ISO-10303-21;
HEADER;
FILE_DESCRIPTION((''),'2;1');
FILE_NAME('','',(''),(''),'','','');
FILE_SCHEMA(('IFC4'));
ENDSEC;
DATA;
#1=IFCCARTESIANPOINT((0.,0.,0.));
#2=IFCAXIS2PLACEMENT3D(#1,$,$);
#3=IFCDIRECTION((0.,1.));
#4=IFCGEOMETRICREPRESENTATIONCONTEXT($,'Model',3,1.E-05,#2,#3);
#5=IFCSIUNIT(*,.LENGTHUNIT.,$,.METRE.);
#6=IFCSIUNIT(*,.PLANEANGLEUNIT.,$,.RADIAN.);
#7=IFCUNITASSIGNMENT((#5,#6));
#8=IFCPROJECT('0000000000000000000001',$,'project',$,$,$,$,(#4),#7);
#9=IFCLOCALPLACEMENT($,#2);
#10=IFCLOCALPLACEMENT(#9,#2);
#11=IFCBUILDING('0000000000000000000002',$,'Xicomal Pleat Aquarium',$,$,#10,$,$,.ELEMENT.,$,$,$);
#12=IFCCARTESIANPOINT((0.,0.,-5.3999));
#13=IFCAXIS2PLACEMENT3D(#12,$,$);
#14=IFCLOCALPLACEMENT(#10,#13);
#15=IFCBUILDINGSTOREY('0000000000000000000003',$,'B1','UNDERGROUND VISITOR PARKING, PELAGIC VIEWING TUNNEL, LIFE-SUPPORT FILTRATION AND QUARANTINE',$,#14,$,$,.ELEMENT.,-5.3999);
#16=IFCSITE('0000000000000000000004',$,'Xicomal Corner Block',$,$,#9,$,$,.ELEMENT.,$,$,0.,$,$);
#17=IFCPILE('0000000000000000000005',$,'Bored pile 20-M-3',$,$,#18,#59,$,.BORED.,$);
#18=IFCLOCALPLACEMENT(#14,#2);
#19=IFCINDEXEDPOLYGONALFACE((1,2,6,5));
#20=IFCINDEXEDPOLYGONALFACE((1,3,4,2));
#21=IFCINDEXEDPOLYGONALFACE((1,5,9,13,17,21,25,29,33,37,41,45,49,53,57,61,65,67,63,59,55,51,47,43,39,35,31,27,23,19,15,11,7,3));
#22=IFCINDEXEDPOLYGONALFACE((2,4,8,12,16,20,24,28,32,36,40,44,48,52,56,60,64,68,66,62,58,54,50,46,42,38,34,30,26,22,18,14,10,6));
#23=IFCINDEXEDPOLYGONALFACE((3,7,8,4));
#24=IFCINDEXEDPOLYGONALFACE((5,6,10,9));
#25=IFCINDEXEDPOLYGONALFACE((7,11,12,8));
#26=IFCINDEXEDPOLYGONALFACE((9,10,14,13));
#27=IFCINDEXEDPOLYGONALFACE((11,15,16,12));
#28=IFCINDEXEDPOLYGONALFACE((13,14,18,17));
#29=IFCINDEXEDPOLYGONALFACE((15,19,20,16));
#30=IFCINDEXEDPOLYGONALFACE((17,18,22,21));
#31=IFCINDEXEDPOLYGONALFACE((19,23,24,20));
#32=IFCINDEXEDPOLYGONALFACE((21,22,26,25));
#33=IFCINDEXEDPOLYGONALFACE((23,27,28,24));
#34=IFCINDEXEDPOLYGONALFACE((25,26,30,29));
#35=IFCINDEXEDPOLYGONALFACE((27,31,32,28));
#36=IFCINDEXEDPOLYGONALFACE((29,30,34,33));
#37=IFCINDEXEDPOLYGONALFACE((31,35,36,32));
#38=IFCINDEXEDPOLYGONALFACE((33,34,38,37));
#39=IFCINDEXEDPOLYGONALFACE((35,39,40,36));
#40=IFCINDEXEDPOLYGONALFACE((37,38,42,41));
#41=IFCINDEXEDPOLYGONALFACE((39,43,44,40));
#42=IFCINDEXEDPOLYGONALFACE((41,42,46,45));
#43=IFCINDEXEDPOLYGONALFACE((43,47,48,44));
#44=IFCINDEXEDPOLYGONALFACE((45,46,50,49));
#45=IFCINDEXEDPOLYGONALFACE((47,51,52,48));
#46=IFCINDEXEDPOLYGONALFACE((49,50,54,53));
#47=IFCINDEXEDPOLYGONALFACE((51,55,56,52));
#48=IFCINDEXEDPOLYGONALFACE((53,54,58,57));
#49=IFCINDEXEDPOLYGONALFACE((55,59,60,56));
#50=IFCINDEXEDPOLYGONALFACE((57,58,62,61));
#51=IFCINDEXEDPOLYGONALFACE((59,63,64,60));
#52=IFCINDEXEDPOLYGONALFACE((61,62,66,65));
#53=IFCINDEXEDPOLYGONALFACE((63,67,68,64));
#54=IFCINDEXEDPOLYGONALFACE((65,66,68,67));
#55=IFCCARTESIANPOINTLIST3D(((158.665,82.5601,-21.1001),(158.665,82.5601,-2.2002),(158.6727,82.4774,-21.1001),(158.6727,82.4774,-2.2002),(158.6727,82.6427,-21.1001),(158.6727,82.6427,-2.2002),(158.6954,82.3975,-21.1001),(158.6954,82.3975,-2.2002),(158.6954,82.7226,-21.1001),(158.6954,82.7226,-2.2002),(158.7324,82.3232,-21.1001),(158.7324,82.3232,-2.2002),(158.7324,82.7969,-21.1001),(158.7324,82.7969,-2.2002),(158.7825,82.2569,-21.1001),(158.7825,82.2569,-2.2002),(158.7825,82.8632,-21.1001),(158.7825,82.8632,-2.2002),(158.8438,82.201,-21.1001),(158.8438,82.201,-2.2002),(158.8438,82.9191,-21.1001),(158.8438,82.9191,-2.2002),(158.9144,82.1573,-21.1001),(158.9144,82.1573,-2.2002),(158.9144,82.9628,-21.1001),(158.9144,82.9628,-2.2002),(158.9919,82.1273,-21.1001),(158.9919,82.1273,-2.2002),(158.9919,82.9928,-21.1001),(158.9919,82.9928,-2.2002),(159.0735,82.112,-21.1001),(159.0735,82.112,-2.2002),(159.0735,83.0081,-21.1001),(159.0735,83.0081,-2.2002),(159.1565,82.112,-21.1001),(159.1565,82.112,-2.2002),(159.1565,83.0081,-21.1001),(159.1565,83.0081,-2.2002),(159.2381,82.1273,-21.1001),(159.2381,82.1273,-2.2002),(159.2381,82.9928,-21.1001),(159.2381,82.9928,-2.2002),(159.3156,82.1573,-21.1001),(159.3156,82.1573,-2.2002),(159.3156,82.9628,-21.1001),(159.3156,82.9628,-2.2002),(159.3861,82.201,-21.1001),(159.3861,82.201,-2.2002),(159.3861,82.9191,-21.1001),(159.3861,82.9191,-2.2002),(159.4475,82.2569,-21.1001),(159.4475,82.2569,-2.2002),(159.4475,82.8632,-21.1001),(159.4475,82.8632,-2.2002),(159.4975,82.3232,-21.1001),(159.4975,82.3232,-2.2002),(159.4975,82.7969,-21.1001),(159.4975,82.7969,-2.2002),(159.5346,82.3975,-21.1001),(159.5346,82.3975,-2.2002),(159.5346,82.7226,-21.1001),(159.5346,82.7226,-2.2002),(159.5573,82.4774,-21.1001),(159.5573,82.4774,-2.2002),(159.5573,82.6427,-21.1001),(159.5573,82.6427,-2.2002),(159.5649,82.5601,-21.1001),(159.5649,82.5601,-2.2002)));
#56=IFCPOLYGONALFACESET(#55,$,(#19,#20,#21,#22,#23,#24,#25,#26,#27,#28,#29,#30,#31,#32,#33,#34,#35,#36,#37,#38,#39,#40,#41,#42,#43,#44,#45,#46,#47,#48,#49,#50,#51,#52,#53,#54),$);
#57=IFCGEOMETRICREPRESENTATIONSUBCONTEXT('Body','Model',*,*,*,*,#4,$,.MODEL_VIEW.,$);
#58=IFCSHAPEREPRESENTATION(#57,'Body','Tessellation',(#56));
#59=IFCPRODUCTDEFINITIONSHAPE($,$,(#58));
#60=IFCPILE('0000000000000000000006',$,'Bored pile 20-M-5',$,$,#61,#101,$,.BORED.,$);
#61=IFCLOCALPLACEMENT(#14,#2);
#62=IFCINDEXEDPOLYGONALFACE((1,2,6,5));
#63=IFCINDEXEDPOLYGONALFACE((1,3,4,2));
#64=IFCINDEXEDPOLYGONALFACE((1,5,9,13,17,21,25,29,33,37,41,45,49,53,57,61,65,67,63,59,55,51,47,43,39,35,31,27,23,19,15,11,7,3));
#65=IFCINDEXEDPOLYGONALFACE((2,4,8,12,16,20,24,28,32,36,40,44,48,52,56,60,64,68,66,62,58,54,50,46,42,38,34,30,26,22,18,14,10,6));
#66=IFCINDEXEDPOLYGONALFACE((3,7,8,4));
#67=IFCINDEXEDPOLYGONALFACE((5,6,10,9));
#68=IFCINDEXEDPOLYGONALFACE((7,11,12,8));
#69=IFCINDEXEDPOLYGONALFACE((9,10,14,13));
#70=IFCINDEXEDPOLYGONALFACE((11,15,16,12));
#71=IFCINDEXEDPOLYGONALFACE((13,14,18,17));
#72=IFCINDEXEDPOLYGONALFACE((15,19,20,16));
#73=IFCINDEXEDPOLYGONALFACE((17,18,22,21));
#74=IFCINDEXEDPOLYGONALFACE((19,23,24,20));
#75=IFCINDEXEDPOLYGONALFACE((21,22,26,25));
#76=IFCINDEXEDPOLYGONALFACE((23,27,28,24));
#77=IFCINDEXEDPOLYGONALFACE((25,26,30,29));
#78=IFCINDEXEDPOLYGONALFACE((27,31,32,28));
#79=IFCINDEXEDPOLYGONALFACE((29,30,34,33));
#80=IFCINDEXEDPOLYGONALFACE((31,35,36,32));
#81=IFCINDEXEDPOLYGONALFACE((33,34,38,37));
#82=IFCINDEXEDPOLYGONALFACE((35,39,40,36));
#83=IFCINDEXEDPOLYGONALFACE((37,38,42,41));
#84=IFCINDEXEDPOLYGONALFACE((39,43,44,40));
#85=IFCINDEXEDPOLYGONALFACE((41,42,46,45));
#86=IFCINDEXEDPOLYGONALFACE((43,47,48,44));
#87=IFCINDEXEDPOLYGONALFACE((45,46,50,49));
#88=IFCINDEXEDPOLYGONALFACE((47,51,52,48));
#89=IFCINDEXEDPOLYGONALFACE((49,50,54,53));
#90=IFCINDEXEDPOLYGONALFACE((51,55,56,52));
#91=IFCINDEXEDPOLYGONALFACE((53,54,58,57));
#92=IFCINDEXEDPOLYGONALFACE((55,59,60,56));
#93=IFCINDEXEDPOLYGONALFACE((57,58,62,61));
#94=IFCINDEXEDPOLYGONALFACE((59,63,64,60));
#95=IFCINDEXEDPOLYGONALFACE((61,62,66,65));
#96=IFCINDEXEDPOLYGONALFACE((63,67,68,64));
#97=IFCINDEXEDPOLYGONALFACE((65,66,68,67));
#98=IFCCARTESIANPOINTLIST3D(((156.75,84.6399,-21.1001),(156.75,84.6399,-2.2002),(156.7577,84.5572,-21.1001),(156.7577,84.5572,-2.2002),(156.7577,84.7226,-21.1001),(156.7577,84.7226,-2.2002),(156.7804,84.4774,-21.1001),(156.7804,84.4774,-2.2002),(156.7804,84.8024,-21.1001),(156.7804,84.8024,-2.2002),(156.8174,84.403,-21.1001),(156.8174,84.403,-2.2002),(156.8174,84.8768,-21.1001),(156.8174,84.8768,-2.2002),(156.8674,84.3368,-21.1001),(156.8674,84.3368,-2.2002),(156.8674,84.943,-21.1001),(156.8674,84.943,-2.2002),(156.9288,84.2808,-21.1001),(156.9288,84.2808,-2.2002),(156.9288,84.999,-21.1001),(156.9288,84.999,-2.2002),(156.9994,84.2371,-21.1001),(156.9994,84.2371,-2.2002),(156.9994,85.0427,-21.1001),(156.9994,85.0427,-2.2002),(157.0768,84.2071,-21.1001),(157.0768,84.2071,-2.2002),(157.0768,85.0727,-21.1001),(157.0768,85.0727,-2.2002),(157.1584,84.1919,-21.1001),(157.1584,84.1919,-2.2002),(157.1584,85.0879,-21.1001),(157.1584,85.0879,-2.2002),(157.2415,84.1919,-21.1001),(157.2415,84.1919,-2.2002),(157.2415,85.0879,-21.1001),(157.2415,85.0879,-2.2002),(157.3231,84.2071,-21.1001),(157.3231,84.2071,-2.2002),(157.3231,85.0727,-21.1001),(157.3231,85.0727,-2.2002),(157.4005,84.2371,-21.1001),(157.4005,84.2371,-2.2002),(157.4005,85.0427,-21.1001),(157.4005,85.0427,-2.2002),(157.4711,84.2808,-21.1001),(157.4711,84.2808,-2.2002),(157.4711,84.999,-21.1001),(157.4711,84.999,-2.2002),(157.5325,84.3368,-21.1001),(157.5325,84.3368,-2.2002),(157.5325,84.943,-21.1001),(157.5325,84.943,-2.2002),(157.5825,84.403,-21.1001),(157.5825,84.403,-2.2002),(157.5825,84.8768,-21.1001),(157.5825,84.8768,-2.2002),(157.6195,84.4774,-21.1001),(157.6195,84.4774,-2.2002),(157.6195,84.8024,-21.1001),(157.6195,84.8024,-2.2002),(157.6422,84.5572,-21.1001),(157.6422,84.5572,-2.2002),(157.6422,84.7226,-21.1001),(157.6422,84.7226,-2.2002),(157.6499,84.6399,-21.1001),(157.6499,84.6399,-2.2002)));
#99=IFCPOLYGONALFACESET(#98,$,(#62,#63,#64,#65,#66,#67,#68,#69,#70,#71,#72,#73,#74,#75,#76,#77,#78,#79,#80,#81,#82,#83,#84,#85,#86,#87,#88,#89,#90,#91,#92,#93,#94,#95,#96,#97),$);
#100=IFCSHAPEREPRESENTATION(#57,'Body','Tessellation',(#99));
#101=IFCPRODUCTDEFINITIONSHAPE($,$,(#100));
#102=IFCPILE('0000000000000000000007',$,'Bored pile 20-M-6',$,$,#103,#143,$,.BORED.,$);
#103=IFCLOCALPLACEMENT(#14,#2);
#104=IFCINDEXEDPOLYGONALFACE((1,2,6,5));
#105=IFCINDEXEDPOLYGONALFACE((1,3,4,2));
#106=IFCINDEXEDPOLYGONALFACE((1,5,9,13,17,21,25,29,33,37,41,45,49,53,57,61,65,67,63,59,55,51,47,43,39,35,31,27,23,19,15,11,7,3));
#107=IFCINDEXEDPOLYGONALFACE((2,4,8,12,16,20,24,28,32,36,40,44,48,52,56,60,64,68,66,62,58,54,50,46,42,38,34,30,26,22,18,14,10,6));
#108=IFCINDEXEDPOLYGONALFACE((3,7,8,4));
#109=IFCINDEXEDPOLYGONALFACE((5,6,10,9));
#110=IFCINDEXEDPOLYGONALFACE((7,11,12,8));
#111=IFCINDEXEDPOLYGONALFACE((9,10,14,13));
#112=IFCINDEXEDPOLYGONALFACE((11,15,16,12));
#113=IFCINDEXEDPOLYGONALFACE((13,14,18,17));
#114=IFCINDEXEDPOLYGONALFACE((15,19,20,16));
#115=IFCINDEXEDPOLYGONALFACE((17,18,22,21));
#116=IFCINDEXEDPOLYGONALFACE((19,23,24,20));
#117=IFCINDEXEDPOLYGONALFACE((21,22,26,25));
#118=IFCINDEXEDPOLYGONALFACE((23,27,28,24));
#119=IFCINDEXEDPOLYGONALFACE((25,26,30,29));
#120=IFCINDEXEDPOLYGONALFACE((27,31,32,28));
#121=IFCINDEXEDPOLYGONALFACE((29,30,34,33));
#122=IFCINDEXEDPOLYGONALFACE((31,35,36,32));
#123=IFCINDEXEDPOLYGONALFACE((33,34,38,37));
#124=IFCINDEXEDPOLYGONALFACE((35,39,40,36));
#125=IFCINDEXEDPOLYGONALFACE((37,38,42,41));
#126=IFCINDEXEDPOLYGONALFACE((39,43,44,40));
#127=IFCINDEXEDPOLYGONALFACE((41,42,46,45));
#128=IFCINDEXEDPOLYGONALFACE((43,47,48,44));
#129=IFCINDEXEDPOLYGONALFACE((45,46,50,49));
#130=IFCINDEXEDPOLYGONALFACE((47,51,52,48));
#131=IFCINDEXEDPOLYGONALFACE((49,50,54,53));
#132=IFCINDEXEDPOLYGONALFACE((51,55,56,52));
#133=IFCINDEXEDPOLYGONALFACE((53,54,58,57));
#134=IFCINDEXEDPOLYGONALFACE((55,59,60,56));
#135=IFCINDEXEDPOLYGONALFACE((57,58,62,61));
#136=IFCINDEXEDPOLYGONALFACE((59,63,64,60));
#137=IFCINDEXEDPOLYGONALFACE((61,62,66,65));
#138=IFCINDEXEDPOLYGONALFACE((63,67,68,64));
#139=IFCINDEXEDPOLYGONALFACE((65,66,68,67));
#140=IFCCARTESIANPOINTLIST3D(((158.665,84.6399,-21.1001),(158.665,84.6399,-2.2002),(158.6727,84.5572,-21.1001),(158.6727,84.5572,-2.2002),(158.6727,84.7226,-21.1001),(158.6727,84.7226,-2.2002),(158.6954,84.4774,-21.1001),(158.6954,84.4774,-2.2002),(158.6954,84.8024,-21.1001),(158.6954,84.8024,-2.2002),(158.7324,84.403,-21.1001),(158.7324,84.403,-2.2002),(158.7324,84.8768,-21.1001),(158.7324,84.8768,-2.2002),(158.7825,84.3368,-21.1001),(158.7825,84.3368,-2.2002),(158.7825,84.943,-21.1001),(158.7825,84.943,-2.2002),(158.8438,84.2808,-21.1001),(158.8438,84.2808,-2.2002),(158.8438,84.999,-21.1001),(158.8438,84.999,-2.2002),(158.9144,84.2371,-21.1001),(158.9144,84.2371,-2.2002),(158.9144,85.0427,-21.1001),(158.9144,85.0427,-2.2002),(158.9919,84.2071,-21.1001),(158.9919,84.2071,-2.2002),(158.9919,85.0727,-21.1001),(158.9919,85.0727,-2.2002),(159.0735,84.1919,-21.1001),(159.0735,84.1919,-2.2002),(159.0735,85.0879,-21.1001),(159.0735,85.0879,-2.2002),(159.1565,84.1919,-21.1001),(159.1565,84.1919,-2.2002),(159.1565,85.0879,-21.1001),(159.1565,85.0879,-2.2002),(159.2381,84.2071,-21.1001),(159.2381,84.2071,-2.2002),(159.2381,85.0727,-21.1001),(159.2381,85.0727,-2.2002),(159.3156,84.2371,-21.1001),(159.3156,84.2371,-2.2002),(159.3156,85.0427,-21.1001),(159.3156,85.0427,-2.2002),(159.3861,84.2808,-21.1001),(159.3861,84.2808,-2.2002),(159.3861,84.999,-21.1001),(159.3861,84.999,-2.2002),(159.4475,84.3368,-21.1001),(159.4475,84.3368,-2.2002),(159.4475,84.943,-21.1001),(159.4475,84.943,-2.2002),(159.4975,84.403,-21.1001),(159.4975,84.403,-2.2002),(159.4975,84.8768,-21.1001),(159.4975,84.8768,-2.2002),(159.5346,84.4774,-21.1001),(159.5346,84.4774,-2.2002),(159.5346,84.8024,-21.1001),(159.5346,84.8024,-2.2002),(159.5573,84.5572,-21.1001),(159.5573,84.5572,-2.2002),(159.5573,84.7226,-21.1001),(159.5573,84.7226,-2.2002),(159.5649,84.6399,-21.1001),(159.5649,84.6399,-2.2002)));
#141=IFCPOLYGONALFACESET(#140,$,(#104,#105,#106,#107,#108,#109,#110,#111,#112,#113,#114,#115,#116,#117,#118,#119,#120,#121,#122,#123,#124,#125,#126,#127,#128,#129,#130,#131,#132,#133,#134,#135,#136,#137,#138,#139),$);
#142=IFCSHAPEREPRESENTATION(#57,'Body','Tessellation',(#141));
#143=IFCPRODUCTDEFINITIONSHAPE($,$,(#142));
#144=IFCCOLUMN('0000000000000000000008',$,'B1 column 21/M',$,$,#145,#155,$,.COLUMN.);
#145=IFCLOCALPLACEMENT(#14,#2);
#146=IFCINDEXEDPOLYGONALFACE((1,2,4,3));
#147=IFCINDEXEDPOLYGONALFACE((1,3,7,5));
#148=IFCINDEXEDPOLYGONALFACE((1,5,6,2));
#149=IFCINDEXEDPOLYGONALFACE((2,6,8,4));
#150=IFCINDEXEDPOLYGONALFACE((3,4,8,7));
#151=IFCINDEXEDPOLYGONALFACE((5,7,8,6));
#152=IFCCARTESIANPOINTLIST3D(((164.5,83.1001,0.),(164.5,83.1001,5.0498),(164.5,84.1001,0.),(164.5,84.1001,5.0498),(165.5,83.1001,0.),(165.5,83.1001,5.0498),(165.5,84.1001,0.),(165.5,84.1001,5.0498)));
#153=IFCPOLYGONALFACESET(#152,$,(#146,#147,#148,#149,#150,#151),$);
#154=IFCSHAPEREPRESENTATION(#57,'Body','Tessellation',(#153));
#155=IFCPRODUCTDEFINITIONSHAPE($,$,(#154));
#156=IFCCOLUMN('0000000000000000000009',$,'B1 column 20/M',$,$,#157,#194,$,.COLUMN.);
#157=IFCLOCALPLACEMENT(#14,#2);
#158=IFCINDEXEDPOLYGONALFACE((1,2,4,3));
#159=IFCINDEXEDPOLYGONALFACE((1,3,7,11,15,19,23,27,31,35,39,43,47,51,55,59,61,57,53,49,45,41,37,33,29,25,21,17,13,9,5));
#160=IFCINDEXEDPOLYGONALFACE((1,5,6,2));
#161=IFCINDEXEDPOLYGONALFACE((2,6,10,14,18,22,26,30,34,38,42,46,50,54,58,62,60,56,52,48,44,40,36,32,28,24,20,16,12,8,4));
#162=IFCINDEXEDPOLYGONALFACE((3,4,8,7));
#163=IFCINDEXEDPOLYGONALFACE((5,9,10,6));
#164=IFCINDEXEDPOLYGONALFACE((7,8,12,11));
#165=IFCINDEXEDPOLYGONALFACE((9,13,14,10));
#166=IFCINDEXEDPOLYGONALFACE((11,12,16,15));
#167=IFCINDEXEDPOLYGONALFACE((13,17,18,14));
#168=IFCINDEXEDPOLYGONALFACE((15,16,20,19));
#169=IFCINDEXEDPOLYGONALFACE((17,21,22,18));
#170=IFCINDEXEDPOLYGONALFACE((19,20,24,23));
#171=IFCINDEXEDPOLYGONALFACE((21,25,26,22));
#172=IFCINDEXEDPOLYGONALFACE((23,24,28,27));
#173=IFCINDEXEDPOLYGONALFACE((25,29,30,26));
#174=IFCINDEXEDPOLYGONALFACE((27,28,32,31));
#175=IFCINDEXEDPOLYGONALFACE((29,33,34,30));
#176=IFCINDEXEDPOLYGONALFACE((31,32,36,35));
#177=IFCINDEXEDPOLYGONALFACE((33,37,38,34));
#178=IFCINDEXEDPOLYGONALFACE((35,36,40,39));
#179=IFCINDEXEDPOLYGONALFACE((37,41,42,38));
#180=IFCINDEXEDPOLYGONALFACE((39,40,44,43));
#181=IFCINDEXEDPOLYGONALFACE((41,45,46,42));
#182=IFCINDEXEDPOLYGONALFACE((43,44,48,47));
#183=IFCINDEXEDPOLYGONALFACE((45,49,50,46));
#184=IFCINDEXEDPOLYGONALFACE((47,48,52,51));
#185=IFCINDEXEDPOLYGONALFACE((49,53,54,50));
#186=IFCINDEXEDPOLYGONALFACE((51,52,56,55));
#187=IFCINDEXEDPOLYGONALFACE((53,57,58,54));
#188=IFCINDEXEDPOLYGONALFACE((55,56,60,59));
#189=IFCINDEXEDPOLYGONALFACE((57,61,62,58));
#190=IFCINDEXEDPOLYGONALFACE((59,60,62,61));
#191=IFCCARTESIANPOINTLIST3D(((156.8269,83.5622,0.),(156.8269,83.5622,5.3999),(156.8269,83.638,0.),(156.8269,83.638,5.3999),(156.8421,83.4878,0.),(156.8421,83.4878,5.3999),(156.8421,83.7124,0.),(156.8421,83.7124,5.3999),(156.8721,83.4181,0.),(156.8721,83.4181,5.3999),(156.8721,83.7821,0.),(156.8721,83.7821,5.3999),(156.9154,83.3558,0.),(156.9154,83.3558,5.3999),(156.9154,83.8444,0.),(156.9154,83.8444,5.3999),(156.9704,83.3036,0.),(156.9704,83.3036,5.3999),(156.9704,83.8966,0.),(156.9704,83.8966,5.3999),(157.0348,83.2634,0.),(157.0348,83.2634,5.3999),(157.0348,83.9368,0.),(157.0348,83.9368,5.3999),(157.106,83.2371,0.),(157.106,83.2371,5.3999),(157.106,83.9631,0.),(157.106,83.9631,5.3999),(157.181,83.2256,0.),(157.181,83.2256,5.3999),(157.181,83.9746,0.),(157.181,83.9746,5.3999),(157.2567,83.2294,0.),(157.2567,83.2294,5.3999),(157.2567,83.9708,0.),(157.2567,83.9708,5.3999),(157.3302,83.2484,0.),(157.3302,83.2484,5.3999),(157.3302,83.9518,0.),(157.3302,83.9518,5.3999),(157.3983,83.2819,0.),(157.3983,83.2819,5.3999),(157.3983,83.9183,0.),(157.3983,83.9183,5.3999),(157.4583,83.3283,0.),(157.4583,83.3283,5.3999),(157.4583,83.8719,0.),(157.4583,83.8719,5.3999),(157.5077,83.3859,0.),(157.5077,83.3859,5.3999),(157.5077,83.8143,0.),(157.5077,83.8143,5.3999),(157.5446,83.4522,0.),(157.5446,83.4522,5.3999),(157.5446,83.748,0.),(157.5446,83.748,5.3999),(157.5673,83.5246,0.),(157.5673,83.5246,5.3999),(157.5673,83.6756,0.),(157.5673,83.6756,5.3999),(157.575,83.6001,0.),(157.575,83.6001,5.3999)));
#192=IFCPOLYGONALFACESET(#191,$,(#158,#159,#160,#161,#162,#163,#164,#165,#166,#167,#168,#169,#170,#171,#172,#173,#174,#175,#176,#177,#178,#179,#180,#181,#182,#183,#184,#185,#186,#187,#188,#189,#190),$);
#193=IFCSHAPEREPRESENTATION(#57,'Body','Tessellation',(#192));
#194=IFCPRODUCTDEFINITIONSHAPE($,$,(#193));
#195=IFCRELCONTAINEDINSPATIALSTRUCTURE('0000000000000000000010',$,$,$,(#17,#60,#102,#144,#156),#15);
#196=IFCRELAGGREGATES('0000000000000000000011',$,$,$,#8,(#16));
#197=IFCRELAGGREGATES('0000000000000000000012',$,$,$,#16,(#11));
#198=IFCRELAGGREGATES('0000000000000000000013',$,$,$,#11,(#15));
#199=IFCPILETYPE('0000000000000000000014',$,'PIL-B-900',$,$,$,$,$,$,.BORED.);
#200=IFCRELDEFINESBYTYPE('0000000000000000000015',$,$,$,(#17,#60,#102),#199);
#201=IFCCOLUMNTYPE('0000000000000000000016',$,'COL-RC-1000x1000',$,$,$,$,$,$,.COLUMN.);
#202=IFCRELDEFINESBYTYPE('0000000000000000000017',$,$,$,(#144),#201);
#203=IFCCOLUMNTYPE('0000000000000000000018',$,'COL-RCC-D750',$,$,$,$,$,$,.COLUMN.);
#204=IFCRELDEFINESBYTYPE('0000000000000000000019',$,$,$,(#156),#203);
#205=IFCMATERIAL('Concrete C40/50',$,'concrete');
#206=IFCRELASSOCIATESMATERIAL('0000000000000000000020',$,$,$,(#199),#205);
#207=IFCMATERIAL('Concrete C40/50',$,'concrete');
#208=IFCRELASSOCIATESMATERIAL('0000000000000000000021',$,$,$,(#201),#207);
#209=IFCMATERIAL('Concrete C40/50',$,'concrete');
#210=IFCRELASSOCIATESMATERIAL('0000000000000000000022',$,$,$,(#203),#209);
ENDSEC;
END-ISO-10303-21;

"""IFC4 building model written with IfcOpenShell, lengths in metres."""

from ifc_helpers import new_model, si_unit, direction, frame, origin, origin_2d, place, context, subcontext, project, spatial, rectangle, circle, extrude, material, material_profile, profile_set, type_object, element, save


model = new_model("IFC4")

# Units and contexts
model_context = context("Model", 3, precision=1e-05, world=origin(), true_north=direction((0.0, 1.0)))
body_context = subcontext(model_context, "Body", "Model", "MODEL_VIEW")
ifc_project = project(units=[si_unit("LENGTHUNIT", "METRE"), si_unit("PLANEANGLEUNIT", "RADIAN")], contexts=[model_context])

# Site, building, storey
site_placement = place(None, origin())
site = spatial("IfcSite", under=ifc_project, at=site_placement, Name="Xicomal Corner Block", CompositionType="ELEMENT", RefElevation=0.0)
building_placement = place(site_placement, origin())
building = spatial("IfcBuilding", under=site, at=building_placement, Name="Xicomal Pleat Aquarium", CompositionType="ELEMENT")
storey_placement = place(building_placement, frame((0.0, 0.0, -5.3999)))
storey = spatial("IfcBuildingStorey", under=building, at=storey_placement, Name="B1", Description="UNDERGROUND VISITOR PARKING, PELAGIC VIEWING TUNNEL, LIFE-SUPPORT FILTRATION AND QUARANTINE", CompositionType="ELEMENT", Elevation=-5.3999)

# Piles
ifc_material_1 = material(Name="Concrete C40/50", Category="concrete")
ifc_material_profile_1 = material_profile(ifc_material_1, circle(Radius=0.45, at=origin_2d()), Name="BORED PILE D900")
ifc_profile_set_1 = profile_set([ifc_material_profile_1], Name="Concrete C40/50")
pile_type_1 = type_object("IfcPileType", Name="PIL-B-900", PredefinedType="BORED", material=ifc_profile_set_1)
for number, where, z_axis, x_axis, name in (
    (1, (159.115, 82.5601, -2.2002), (0.0, 0.0, -1.0), (1.0, 0.0, 0.0), "Bored pile 20-M-3"),
    (2, (157.2, 84.6399, -2.2002), (0.0, 0.0, -1.0), (1.0, 0.0, 0.0), "Bored pile 20-M-5"),
    (3, (159.115, 84.6399, -2.2002), (0.0, 0.0, -1.0), (1.0, 0.0, 0.0), "Bored pile 20-M-6"),
):
    element("IfcPile", number, at=place(storey_placement, frame(where, z_axis=z_axis, x_axis=x_axis)), inside=storey, type_object=pile_type_1, Name=name, PredefinedType="BORED", context=body_context, shape_type="SweptSolid", body=[
        extrude(circle(Radius=0.45, at=origin_2d()), origin(), (0.0, 0.0, 1.0), 18.8999),
    ])

# Columns
ifc_material_2 = material(Name="Concrete C40/50", Category="concrete")
ifc_material_profile_2 = material_profile(ifc_material_2, rectangle(XDim=1.0, YDim=1.0, at=origin_2d()), Name="RC 1000x1000")
ifc_profile_set_2 = profile_set([ifc_material_profile_2], Name="Concrete C40/50")
column_type_1 = type_object("IfcColumnType", Name="COL-RC-1000x1000", PredefinedType="COLUMN", material=ifc_profile_set_2)
column_1_placement = place(storey_placement, frame((165.0, 83.6001, 0.0), z_axis=(0.0, 0.0, 1.0), x_axis=(1.0, 0.0, 0.0)))
element("IfcColumn", 4, at=column_1_placement, inside=storey, type_object=column_type_1, Name="B1 column 21/M", PredefinedType="COLUMN", context=body_context, shape_type="SweptSolid", body=[
    extrude(rectangle(XDim=1.0, YDim=1.0, at=origin_2d()), origin(), (0.0, 0.0, 1.0), 5.0498),
])
ifc_material_3 = material(Name="Concrete C40/50", Category="concrete")
ifc_material_profile_3 = material_profile(ifc_material_3, circle(Radius=0.375, at=origin_2d()), Name="RCC D750")
ifc_profile_set_3 = profile_set([ifc_material_profile_3], Name="Concrete C40/50")
column_type_2 = type_object("IfcColumnType", Name="COL-RCC-D750", PredefinedType="COLUMN", material=ifc_profile_set_3)
column_2_placement = place(storey_placement, frame((157.2, 83.6001, 0.0), z_axis=(0.0, 0.0, 1.0), x_axis=(1.0, 0.0, 0.0)))
element("IfcColumn", 5, at=column_2_placement, inside=storey, type_object=column_type_2, Name="B1 column 20/M", PredefinedType="COLUMN", context=body_context, shape_type="SweptSolid", body=[
    extrude(circle(Radius=0.375, at=origin_2d()), origin(), (0.0, 0.0, 1.0), 5.3999),
])

save(model, "model.ifc")
